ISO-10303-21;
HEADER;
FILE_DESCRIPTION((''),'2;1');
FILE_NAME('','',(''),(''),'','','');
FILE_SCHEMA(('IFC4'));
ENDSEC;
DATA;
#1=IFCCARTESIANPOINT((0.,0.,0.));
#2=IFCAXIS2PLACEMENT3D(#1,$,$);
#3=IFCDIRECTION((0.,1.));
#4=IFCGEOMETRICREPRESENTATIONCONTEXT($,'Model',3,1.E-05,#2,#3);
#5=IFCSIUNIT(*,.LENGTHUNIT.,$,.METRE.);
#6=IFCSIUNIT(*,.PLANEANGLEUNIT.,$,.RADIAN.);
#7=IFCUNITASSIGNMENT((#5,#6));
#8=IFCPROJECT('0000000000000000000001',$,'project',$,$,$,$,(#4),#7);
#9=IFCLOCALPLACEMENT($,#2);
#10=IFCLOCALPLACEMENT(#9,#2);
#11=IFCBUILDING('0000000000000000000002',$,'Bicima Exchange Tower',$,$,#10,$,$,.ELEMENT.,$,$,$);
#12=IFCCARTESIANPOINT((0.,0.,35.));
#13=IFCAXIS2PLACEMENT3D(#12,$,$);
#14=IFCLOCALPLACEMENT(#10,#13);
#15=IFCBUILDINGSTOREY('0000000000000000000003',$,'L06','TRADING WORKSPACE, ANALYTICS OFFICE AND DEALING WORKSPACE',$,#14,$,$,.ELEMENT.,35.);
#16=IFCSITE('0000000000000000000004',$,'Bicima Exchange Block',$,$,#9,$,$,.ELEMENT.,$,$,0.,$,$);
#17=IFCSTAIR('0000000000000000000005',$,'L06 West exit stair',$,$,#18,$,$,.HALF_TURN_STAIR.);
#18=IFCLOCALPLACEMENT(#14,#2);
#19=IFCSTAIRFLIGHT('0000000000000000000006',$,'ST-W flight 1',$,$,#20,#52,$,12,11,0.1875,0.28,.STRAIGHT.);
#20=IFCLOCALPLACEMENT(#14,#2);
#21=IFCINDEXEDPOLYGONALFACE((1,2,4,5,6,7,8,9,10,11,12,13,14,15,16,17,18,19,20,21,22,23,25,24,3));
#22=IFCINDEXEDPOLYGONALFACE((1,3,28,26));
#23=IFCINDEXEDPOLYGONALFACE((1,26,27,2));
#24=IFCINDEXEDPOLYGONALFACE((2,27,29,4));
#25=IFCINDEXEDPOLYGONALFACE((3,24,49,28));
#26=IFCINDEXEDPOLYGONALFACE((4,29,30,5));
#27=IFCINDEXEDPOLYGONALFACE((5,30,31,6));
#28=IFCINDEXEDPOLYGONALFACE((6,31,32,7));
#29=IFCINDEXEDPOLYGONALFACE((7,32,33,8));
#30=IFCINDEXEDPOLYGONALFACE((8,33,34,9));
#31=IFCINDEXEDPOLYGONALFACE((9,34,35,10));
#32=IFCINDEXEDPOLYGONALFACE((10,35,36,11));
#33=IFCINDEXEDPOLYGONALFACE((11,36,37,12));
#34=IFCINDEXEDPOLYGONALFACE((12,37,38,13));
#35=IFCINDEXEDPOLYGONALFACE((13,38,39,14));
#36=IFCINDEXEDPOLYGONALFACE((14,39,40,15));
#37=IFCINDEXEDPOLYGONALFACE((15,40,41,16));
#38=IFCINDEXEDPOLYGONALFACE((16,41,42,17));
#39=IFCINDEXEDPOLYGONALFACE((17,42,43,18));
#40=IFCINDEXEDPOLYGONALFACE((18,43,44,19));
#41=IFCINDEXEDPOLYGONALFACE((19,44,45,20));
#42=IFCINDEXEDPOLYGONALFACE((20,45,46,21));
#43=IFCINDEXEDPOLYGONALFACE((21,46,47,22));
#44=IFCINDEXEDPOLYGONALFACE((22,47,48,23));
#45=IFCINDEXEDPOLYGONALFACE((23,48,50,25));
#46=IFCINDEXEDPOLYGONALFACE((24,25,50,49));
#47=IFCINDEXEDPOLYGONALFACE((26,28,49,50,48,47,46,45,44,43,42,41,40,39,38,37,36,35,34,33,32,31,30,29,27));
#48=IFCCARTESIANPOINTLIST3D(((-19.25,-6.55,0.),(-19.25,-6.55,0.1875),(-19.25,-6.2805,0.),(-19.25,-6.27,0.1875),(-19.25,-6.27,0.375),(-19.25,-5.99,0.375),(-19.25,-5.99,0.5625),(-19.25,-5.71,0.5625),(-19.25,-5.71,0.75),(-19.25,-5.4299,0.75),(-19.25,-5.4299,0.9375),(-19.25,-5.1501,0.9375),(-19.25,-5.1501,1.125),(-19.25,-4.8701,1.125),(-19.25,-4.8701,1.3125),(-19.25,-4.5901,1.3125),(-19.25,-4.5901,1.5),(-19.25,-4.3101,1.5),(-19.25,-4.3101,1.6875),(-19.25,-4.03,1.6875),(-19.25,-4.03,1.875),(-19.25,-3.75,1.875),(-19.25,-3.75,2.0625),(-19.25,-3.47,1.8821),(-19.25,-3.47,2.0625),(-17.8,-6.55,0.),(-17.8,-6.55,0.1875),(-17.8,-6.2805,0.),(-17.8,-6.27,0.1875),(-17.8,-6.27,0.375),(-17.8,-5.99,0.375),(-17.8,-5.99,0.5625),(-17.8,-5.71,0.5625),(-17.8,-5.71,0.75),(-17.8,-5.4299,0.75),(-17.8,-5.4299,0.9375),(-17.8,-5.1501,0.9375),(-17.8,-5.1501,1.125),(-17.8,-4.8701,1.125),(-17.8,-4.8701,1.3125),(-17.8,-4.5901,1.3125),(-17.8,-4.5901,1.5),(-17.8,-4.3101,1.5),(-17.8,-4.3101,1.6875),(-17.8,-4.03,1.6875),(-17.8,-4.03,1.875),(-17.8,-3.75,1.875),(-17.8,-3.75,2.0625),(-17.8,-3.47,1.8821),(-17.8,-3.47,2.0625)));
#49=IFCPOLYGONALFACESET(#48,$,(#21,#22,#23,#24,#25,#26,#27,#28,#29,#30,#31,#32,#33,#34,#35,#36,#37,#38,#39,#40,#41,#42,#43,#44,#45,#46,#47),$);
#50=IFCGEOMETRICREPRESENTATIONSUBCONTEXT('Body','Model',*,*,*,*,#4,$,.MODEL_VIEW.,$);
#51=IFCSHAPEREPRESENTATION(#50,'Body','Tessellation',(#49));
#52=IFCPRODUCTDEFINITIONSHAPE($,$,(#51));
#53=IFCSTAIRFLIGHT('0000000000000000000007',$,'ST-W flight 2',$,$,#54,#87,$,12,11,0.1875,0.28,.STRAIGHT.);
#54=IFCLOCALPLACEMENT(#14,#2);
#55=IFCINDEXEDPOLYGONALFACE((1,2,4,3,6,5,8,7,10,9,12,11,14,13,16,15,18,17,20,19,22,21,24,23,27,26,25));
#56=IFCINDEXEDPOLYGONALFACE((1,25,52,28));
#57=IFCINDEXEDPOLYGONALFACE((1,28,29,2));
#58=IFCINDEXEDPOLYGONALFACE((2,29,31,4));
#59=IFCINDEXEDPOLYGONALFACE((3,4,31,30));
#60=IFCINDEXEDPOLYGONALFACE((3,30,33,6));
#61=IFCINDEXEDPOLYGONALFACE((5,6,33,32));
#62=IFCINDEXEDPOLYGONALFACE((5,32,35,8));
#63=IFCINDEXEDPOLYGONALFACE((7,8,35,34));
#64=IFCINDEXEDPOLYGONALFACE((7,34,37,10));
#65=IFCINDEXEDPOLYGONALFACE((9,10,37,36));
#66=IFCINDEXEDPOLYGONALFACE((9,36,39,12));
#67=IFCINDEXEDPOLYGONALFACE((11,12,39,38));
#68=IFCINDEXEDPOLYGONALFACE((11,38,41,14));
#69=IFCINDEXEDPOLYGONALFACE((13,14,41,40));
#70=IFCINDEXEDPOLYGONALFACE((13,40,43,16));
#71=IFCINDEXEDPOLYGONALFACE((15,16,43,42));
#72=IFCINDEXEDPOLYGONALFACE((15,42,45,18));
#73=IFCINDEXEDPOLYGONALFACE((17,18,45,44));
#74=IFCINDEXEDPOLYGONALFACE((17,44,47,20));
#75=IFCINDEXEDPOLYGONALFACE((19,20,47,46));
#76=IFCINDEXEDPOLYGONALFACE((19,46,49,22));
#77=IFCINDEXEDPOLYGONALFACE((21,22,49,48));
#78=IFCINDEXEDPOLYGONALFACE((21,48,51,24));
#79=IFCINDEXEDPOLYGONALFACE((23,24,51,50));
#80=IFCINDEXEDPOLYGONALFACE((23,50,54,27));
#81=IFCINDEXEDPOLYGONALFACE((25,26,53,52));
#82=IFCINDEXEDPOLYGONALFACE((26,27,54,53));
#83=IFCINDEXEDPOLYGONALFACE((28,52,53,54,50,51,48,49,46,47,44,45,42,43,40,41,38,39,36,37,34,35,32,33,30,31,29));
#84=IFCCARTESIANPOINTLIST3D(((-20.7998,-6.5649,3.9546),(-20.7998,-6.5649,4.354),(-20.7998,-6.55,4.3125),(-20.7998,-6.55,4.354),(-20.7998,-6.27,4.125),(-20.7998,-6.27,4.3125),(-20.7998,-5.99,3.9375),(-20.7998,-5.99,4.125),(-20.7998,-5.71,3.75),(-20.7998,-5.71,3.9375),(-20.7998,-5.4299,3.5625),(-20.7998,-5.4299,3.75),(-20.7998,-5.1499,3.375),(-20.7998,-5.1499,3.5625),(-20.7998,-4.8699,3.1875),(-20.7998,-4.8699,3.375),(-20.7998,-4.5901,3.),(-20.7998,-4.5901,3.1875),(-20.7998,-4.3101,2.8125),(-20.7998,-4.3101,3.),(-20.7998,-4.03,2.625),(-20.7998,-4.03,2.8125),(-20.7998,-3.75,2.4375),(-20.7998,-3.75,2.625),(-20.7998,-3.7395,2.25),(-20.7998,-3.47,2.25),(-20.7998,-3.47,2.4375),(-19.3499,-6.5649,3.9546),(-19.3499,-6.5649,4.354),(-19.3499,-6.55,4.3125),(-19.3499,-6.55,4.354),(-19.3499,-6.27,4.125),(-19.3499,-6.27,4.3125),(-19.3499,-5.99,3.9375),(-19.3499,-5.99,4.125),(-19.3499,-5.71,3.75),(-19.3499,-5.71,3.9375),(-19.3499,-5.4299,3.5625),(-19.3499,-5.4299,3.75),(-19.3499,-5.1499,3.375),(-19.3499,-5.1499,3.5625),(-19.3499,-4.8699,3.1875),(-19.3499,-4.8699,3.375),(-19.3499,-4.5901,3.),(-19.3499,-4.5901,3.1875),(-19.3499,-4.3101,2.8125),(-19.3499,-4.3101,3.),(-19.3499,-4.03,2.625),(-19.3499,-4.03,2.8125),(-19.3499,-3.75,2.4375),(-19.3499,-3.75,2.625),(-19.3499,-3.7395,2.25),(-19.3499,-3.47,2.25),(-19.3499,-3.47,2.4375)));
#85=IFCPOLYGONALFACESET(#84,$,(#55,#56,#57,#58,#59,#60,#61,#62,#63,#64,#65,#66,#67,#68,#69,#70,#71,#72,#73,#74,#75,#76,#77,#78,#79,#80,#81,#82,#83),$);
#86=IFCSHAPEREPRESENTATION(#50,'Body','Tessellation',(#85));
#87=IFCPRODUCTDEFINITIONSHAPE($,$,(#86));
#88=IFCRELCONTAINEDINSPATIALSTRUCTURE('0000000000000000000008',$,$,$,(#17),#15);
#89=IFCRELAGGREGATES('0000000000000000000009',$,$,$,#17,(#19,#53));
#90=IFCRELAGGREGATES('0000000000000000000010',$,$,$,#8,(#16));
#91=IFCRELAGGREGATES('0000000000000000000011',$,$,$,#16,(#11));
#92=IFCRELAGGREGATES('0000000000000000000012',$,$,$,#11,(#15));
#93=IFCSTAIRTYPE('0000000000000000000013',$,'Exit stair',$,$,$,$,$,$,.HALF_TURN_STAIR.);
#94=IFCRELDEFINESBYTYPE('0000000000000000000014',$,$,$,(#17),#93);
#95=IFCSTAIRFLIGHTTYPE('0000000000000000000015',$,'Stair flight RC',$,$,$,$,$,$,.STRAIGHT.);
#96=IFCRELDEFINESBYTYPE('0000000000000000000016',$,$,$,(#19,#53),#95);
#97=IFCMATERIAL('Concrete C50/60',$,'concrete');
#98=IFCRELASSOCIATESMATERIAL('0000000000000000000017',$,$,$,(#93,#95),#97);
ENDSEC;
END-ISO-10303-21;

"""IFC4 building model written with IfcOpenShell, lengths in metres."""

from ifc_helpers import new_model, si_unit, direction, frame, origin, place, context, subcontext, project, spatial, polyline, outline, extrude, material, type_object, element, aggregate, save


model = new_model("IFC4")

# Units and contexts
model_context = context("Model", 3, precision=1e-05, world=origin(), true_north=direction((0.0, 1.0)))
body_context = subcontext(model_context, "Body", "Model", "MODEL_VIEW")
ifc_project = project(units=[si_unit("LENGTHUNIT", "METRE"), si_unit("PLANEANGLEUNIT", "RADIAN")], contexts=[model_context])

# Site, building, storey
site_placement = place(None, origin())
site = spatial("IfcSite", under=ifc_project, at=site_placement, Name="Bicima Exchange Block", CompositionType="ELEMENT", RefElevation=0.0)
building_placement = place(site_placement, origin())
building = spatial("IfcBuilding", under=site, at=building_placement, Name="Bicima Exchange Tower", CompositionType="ELEMENT")
storey_placement = place(building_placement, frame((0.0, 0.0, 35.0)))
storey = spatial("IfcBuildingStorey", under=building, at=storey_placement, Name="L06", Description="TRADING WORKSPACE, ANALYTICS OFFICE AND DEALING WORKSPACE", CompositionType="ELEMENT", Elevation=35.0)

# Shared definitions
ifc_material_1 = material(Name="Concrete C50/60", Category="concrete")

# Stair, stair flights
stair_type = type_object("IfcStairType", Name="Exit stair", PredefinedType="HALF_TURN_STAIR", material=ifc_material_1)
stair_placement = place(storey_placement, origin())
stair = element("IfcStair", 1, at=stair_placement, inside=storey, type_object=stair_type, Name="L06 West exit stair", PredefinedType="HALF_TURN_STAIR")
stair_flight_type = type_object("IfcStairFlightType", Name="Stair flight RC", PredefinedType="STRAIGHT", material=ifc_material_1)
stair_flight_1_placement = place(storey_placement, frame((-18.5249, -6.55, 0.0), z_axis=(0.0, 0.0, 1.0), x_axis=(0.0, 1.0, 0.0)))
stair_flight_1 = element("IfcStairFlight", 2, at=stair_flight_1_placement, type_object=stair_flight_type, Name="ST-W flight 1", NumberOfRisers=12, NumberOfTreads=11, PredefinedType="STRAIGHT", RiserHeight=0.1875, TreadLength=0.28, context=body_context, shape_type="SweptSolid", body=[
    extrude(outline(polyline([(0.0, 0.0), (0.0, 0.1875), (0.28, 0.1875), (0.28, 0.375), (0.5601, 0.375), (0.5601, 0.5625), (0.8401, 0.5625), (0.8401, 0.75), (1.1201, 0.75), (1.1201, 0.9375), (1.3999, 0.9375), (1.3999, 1.125), (1.6799, 1.125), (1.6799, 1.3125), (1.96, 1.3125), (1.96, 1.5), (2.24, 1.5), (2.24, 1.6875), (2.52, 1.6875), (2.52, 1.875), (2.8, 1.875), (2.8, 2.0625), (3.0801, 2.0625), (3.0801, 2.25), (3.0801, 1.8821), (0.2695, 0.0), (0.0, 0.0)])), frame((0.0, 0.7251, 0.0), z_axis=(0.0, -1.0, 0.0), x_axis=(1.0, 0.0, 0.0)), (0.0, 0.0, 1.0), 1.45),
])
stair_flight_2_placement = place(storey_placement, frame((-20.075, -3.47, 2.25), z_axis=(0.0, 0.0, 1.0), x_axis=(0.0, -1.0, 0.0)))
stair_flight_2 = element("IfcStairFlight", 3, at=stair_flight_2_placement, type_object=stair_flight_type, Name="ST-W flight 2", NumberOfRisers=12, NumberOfTreads=11, PredefinedType="STRAIGHT", RiserHeight=0.1875, TreadLength=0.28, context=body_context, shape_type="SweptSolid", body=[
    extrude(outline(polyline([(0.0, 0.0), (0.0, 0.1875), (0.28, 0.1875), (0.28, 0.375), (0.5601, 0.375), (0.5601, 0.5625), (0.8401, 0.5625), (0.8401, 0.75), (1.1201, 0.75), (1.1201, 0.9375), (1.3999, 0.9375), (1.3999, 1.125), (1.6799, 1.125), (1.6799, 1.3125), (1.96, 1.3125), (1.96, 1.5), (2.24, 1.5), (2.24, 1.6875), (2.52, 1.6875), (2.52, 1.875), (2.8, 1.875), (2.8, 2.0625), (3.0801, 2.0625), (3.0801, 2.104), (3.095, 2.104), (3.095, 1.7046), (0.2695, 0.0), (0.0, 0.0)])), frame((0.0, 0.7251, 0.0), z_axis=(0.0, -1.0, 0.0), x_axis=(1.0, 0.0, 0.0)), (0.0, 0.0, 1.0), 1.45),
])
aggregate(stair, [stair_flight_1, stair_flight_2])

save(model, "model.ifc")
